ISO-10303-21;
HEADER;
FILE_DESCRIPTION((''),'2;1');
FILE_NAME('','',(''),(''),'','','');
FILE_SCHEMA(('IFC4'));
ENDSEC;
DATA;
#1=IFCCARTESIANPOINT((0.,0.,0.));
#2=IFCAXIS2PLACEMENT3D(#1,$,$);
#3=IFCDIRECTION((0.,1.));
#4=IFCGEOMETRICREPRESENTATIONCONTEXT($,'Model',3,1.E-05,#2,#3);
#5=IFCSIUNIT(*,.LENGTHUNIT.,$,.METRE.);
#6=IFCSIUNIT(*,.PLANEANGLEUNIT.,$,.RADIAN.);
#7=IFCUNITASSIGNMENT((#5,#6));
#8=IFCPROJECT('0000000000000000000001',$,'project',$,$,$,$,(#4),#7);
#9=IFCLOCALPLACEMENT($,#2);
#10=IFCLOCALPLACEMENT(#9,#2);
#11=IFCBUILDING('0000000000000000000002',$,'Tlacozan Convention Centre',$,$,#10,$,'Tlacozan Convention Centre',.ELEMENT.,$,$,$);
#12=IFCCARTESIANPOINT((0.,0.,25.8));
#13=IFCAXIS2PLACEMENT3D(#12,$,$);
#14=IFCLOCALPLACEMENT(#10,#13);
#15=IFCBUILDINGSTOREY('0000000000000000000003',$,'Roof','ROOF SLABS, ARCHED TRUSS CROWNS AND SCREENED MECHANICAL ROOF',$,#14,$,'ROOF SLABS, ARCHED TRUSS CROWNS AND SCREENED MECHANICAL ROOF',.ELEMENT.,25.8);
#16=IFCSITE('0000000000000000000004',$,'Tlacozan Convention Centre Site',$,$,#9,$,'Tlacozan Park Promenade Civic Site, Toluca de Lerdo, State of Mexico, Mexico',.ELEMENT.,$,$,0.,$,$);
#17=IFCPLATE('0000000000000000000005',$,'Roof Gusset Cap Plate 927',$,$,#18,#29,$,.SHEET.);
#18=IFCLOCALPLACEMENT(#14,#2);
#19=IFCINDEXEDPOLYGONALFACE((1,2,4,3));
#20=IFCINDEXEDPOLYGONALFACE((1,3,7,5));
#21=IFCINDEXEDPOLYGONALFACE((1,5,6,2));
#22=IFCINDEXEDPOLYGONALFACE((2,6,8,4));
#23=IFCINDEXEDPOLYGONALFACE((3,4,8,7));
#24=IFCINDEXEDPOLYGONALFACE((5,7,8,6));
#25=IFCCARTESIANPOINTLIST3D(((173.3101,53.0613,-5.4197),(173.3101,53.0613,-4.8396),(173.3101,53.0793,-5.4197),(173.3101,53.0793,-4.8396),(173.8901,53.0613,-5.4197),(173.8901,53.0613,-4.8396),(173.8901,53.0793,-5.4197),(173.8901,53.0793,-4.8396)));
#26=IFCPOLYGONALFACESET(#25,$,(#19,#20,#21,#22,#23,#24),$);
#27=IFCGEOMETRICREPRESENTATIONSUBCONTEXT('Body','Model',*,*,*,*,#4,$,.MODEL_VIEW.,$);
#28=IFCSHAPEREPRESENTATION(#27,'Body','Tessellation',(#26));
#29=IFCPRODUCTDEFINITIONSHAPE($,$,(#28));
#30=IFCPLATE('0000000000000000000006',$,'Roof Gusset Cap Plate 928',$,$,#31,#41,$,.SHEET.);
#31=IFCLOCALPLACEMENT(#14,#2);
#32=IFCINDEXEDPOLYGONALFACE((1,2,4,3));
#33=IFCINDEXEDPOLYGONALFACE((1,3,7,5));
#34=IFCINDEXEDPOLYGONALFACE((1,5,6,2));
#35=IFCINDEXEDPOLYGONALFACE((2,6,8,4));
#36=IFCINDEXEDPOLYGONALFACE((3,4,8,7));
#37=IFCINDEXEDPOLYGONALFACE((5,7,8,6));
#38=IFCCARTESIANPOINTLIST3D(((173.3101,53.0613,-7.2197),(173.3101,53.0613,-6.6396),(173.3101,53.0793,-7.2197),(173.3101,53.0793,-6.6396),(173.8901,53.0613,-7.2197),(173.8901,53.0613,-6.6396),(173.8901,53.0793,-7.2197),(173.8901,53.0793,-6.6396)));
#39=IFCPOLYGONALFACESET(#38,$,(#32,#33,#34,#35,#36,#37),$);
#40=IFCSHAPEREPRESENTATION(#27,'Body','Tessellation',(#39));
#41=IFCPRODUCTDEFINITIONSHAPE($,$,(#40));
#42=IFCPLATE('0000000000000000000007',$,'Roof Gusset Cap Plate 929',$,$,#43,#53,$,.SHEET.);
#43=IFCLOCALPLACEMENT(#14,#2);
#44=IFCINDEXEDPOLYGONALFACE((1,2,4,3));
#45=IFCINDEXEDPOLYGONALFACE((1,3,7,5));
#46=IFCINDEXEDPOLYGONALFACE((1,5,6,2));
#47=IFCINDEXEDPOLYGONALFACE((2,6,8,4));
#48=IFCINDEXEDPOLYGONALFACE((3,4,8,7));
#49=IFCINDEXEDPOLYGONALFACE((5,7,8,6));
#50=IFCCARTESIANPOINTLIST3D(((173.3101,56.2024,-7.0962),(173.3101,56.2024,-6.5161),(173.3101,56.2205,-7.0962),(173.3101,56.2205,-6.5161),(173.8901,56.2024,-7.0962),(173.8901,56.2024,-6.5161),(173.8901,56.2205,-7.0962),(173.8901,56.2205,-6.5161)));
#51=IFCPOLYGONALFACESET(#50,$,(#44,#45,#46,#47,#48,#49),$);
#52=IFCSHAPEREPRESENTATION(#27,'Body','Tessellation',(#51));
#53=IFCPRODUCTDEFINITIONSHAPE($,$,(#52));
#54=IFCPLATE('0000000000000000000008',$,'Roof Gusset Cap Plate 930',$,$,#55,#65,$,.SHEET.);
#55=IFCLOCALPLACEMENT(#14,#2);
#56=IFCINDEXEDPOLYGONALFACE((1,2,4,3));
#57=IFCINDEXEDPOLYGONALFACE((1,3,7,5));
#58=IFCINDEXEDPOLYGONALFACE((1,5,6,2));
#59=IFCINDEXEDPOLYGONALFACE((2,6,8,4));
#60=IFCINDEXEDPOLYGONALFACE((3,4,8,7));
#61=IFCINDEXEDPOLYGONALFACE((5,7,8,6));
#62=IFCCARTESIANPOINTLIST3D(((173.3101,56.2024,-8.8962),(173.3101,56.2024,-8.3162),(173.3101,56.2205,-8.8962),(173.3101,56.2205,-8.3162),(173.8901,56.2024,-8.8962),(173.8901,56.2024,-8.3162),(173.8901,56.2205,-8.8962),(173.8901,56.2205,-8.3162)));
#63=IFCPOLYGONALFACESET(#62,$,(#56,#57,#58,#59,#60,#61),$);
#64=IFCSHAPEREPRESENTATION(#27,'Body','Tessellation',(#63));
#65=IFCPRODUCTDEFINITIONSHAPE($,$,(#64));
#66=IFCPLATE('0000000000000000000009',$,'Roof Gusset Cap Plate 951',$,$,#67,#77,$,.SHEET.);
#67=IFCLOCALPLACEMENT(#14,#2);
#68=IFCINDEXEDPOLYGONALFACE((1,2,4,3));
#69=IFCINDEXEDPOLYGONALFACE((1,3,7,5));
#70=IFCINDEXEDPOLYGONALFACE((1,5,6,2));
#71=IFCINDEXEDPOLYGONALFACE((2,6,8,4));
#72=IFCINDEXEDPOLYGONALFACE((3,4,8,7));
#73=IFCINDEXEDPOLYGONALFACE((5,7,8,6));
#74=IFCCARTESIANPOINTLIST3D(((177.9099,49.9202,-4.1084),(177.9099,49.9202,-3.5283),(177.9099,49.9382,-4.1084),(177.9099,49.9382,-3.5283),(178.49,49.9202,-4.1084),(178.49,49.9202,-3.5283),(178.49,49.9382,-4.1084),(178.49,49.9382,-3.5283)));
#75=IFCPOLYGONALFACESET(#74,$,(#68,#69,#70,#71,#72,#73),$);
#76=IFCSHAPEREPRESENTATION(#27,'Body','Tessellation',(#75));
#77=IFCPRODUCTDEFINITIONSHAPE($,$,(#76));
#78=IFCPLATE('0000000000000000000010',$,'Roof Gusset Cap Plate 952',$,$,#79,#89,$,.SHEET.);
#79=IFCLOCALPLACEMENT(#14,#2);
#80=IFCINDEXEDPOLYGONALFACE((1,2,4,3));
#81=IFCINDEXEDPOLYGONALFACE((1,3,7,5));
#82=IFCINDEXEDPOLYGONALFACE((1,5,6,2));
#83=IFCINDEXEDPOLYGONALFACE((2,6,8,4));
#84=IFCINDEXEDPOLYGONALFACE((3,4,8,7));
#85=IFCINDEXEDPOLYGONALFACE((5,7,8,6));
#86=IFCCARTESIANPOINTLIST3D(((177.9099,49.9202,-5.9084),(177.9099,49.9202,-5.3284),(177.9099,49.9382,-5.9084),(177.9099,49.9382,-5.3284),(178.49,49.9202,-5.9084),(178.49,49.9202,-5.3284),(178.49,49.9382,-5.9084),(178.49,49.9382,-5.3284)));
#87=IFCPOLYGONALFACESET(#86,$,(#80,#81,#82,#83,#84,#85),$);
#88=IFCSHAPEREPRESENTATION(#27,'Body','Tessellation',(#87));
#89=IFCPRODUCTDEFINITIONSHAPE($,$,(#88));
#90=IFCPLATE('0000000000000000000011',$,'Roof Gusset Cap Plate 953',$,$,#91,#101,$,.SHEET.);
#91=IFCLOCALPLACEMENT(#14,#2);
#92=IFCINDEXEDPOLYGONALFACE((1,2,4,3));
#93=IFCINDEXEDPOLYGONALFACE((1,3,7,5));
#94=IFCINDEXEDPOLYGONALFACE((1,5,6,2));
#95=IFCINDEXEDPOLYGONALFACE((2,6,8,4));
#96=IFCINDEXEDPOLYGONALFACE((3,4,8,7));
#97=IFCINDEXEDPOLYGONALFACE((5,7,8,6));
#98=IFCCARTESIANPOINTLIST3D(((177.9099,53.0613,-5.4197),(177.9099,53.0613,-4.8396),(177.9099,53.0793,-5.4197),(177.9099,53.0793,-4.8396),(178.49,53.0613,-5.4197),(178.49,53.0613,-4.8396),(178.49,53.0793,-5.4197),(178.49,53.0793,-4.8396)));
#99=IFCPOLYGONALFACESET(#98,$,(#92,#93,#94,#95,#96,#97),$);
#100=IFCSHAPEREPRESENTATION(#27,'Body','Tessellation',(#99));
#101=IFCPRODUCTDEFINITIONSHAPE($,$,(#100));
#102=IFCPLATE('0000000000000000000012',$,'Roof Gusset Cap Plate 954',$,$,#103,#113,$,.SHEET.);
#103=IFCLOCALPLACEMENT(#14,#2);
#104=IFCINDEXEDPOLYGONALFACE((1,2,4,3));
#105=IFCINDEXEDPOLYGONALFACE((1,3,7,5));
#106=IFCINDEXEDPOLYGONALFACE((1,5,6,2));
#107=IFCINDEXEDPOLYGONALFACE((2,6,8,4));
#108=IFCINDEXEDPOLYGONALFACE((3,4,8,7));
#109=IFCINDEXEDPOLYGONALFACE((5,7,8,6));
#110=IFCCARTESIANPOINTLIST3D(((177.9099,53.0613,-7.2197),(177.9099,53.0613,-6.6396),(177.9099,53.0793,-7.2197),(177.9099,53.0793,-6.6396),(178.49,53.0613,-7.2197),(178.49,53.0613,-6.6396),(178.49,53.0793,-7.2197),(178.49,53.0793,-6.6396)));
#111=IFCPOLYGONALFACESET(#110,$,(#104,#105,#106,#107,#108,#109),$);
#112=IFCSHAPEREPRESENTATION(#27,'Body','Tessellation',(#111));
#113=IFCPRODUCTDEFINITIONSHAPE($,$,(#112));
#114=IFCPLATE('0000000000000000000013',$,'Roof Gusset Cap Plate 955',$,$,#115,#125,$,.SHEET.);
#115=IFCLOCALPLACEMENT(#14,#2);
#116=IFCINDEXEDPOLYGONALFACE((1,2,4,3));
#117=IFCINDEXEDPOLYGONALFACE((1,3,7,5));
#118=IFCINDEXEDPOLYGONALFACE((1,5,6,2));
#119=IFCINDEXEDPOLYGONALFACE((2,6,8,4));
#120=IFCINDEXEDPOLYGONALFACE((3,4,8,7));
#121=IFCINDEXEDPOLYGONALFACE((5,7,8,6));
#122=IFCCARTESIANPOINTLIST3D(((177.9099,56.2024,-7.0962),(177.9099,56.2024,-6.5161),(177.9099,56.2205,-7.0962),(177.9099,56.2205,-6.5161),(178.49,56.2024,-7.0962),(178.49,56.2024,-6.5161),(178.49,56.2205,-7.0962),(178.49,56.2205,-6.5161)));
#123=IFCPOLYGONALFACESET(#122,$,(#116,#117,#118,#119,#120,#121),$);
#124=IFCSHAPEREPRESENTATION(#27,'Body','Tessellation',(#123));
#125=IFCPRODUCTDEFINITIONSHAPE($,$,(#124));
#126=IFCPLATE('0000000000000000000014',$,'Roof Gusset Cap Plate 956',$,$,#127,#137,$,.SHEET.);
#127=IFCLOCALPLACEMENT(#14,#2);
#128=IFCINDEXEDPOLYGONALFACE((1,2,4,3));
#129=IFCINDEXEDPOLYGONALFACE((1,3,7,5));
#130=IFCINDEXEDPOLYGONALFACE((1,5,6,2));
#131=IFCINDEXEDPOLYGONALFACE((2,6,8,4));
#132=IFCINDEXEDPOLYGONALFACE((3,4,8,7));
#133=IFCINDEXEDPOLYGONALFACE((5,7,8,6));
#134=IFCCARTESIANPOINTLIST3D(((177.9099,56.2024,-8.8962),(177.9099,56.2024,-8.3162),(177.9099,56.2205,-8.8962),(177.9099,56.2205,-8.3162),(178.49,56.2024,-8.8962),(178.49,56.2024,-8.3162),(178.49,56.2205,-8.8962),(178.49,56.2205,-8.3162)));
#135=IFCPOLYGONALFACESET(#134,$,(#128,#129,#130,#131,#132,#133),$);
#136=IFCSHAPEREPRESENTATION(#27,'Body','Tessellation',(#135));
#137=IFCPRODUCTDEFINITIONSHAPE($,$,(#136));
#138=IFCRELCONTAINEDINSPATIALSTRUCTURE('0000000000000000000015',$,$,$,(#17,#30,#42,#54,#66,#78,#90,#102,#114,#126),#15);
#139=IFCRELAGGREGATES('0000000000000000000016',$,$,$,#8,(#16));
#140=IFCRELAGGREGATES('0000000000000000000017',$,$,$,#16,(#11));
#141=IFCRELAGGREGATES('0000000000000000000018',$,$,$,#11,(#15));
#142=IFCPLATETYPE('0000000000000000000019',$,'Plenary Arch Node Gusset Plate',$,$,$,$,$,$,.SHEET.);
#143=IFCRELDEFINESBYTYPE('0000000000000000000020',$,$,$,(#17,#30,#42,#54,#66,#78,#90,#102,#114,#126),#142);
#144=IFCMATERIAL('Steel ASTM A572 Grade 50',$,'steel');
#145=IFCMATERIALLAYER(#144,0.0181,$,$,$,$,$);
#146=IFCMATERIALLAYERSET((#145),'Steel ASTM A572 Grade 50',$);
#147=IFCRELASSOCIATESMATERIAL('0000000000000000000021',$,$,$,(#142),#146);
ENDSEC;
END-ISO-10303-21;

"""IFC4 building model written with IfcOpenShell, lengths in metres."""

from ifc_helpers import new_model, si_unit, direction, frame, origin, origin_2d, place, context, subcontext, project, spatial, rectangle, extrude, material, layer, layer_set, type_object, element, save


model = new_model("IFC4")

# Units and contexts
model_context = context("Model", 3, precision=1e-05, world=origin(), true_north=direction((0.0, 1.0)))
body_context = subcontext(model_context, "Body", "Model", "MODEL_VIEW")
ifc_project = project(units=[si_unit("LENGTHUNIT", "METRE"), si_unit("PLANEANGLEUNIT", "RADIAN")], contexts=[model_context])

# Site, building, storey
site_placement = place(None, origin())
site = spatial("IfcSite", under=ifc_project, at=site_placement, Name="Tlacozan Convention Centre Site", LongName="Tlacozan Park Promenade Civic Site, Toluca de Lerdo, State of Mexico, Mexico", CompositionType="ELEMENT", RefElevation=0.0)
building_placement = place(site_placement, origin())
building = spatial("IfcBuilding", under=site, at=building_placement, Name="Tlacozan Convention Centre", LongName="Tlacozan Convention Centre", CompositionType="ELEMENT")
storey_placement = place(building_placement, frame((0.0, 0.0, 25.8)))
storey = spatial("IfcBuildingStorey", under=building, at=storey_placement, Name="Roof", Description="ROOF SLABS, ARCHED TRUSS CROWNS AND SCREENED MECHANICAL ROOF", LongName="ROOF SLABS, ARCHED TRUSS CROWNS AND SCREENED MECHANICAL ROOF", CompositionType="ELEMENT", Elevation=25.8)

# Plates
ifc_material_1 = material(Name="Steel ASTM A572 Grade 50", Category="steel")
ifc_layer = layer(ifc_material_1, 0.0181)
ifc_layer_set = layer_set([ifc_layer], Name="Steel ASTM A572 Grade 50")
plate_type = type_object("IfcPlateType", Name="Plenary Arch Node Gusset Plate", PredefinedType="SHEET", material=ifc_layer_set)
for number, where, z_axis, x_axis, name in (
    (1, (173.6001, 53.0703, -5.4197), (0.0, 0.0, 1.0), (0.0, 1.0, 0.0), "Roof Gusset Cap Plate 927"),
    (2, (173.6001, 53.0703, -7.2197), (0.0, 0.0, 1.0), (0.0, 1.0, 0.0), "Roof Gusset Cap Plate 928"),
    (3, (173.6001, 56.2114, -7.0962), (0.0, 0.0, 1.0), (0.0, 1.0, 0.0), "Roof Gusset Cap Plate 929"),
    (4, (173.6001, 56.2114, -8.8962), (0.0, 0.0, 1.0), (0.0, 1.0, 0.0), "Roof Gusset Cap Plate 930"),
    (5, (178.2, 49.9292, -4.1084), (0.0, 0.0, 1.0), (0.0, 1.0, 0.0), "Roof Gusset Cap Plate 951"),
    (6, (178.2, 49.9292, -5.9084), (0.0, 0.0, 1.0), (0.0, 1.0, 0.0), "Roof Gusset Cap Plate 952"),
    (7, (178.2, 53.0703, -5.4197), (0.0, 0.0, 1.0), (0.0, 1.0, 0.0), "Roof Gusset Cap Plate 953"),
    (8, (178.2, 53.0703, -7.2197), (0.0, 0.0, 1.0), (0.0, 1.0, 0.0), "Roof Gusset Cap Plate 954"),
    (9, (178.2, 56.2114, -7.0962), (0.0, 0.0, 1.0), (0.0, 1.0, 0.0), "Roof Gusset Cap Plate 955"),
    (10, (178.2, 56.2114, -8.8962), (0.0, 0.0, 1.0), (0.0, 1.0, 0.0), "Roof Gusset Cap Plate 956"),
):
    element("IfcPlate", number, at=place(storey_placement, frame(where, z_axis=z_axis, x_axis=x_axis)), inside=storey, type_object=plate_type, Name=name, PredefinedType="SHEET", context=body_context, shape_type="SweptSolid", body=[
        extrude(rectangle(XDim=0.0181, YDim=0.5801, at=origin_2d()), origin(), (0.0, 0.0, 1.0), 0.5801),
    ])

save(model, "model.ifc")
